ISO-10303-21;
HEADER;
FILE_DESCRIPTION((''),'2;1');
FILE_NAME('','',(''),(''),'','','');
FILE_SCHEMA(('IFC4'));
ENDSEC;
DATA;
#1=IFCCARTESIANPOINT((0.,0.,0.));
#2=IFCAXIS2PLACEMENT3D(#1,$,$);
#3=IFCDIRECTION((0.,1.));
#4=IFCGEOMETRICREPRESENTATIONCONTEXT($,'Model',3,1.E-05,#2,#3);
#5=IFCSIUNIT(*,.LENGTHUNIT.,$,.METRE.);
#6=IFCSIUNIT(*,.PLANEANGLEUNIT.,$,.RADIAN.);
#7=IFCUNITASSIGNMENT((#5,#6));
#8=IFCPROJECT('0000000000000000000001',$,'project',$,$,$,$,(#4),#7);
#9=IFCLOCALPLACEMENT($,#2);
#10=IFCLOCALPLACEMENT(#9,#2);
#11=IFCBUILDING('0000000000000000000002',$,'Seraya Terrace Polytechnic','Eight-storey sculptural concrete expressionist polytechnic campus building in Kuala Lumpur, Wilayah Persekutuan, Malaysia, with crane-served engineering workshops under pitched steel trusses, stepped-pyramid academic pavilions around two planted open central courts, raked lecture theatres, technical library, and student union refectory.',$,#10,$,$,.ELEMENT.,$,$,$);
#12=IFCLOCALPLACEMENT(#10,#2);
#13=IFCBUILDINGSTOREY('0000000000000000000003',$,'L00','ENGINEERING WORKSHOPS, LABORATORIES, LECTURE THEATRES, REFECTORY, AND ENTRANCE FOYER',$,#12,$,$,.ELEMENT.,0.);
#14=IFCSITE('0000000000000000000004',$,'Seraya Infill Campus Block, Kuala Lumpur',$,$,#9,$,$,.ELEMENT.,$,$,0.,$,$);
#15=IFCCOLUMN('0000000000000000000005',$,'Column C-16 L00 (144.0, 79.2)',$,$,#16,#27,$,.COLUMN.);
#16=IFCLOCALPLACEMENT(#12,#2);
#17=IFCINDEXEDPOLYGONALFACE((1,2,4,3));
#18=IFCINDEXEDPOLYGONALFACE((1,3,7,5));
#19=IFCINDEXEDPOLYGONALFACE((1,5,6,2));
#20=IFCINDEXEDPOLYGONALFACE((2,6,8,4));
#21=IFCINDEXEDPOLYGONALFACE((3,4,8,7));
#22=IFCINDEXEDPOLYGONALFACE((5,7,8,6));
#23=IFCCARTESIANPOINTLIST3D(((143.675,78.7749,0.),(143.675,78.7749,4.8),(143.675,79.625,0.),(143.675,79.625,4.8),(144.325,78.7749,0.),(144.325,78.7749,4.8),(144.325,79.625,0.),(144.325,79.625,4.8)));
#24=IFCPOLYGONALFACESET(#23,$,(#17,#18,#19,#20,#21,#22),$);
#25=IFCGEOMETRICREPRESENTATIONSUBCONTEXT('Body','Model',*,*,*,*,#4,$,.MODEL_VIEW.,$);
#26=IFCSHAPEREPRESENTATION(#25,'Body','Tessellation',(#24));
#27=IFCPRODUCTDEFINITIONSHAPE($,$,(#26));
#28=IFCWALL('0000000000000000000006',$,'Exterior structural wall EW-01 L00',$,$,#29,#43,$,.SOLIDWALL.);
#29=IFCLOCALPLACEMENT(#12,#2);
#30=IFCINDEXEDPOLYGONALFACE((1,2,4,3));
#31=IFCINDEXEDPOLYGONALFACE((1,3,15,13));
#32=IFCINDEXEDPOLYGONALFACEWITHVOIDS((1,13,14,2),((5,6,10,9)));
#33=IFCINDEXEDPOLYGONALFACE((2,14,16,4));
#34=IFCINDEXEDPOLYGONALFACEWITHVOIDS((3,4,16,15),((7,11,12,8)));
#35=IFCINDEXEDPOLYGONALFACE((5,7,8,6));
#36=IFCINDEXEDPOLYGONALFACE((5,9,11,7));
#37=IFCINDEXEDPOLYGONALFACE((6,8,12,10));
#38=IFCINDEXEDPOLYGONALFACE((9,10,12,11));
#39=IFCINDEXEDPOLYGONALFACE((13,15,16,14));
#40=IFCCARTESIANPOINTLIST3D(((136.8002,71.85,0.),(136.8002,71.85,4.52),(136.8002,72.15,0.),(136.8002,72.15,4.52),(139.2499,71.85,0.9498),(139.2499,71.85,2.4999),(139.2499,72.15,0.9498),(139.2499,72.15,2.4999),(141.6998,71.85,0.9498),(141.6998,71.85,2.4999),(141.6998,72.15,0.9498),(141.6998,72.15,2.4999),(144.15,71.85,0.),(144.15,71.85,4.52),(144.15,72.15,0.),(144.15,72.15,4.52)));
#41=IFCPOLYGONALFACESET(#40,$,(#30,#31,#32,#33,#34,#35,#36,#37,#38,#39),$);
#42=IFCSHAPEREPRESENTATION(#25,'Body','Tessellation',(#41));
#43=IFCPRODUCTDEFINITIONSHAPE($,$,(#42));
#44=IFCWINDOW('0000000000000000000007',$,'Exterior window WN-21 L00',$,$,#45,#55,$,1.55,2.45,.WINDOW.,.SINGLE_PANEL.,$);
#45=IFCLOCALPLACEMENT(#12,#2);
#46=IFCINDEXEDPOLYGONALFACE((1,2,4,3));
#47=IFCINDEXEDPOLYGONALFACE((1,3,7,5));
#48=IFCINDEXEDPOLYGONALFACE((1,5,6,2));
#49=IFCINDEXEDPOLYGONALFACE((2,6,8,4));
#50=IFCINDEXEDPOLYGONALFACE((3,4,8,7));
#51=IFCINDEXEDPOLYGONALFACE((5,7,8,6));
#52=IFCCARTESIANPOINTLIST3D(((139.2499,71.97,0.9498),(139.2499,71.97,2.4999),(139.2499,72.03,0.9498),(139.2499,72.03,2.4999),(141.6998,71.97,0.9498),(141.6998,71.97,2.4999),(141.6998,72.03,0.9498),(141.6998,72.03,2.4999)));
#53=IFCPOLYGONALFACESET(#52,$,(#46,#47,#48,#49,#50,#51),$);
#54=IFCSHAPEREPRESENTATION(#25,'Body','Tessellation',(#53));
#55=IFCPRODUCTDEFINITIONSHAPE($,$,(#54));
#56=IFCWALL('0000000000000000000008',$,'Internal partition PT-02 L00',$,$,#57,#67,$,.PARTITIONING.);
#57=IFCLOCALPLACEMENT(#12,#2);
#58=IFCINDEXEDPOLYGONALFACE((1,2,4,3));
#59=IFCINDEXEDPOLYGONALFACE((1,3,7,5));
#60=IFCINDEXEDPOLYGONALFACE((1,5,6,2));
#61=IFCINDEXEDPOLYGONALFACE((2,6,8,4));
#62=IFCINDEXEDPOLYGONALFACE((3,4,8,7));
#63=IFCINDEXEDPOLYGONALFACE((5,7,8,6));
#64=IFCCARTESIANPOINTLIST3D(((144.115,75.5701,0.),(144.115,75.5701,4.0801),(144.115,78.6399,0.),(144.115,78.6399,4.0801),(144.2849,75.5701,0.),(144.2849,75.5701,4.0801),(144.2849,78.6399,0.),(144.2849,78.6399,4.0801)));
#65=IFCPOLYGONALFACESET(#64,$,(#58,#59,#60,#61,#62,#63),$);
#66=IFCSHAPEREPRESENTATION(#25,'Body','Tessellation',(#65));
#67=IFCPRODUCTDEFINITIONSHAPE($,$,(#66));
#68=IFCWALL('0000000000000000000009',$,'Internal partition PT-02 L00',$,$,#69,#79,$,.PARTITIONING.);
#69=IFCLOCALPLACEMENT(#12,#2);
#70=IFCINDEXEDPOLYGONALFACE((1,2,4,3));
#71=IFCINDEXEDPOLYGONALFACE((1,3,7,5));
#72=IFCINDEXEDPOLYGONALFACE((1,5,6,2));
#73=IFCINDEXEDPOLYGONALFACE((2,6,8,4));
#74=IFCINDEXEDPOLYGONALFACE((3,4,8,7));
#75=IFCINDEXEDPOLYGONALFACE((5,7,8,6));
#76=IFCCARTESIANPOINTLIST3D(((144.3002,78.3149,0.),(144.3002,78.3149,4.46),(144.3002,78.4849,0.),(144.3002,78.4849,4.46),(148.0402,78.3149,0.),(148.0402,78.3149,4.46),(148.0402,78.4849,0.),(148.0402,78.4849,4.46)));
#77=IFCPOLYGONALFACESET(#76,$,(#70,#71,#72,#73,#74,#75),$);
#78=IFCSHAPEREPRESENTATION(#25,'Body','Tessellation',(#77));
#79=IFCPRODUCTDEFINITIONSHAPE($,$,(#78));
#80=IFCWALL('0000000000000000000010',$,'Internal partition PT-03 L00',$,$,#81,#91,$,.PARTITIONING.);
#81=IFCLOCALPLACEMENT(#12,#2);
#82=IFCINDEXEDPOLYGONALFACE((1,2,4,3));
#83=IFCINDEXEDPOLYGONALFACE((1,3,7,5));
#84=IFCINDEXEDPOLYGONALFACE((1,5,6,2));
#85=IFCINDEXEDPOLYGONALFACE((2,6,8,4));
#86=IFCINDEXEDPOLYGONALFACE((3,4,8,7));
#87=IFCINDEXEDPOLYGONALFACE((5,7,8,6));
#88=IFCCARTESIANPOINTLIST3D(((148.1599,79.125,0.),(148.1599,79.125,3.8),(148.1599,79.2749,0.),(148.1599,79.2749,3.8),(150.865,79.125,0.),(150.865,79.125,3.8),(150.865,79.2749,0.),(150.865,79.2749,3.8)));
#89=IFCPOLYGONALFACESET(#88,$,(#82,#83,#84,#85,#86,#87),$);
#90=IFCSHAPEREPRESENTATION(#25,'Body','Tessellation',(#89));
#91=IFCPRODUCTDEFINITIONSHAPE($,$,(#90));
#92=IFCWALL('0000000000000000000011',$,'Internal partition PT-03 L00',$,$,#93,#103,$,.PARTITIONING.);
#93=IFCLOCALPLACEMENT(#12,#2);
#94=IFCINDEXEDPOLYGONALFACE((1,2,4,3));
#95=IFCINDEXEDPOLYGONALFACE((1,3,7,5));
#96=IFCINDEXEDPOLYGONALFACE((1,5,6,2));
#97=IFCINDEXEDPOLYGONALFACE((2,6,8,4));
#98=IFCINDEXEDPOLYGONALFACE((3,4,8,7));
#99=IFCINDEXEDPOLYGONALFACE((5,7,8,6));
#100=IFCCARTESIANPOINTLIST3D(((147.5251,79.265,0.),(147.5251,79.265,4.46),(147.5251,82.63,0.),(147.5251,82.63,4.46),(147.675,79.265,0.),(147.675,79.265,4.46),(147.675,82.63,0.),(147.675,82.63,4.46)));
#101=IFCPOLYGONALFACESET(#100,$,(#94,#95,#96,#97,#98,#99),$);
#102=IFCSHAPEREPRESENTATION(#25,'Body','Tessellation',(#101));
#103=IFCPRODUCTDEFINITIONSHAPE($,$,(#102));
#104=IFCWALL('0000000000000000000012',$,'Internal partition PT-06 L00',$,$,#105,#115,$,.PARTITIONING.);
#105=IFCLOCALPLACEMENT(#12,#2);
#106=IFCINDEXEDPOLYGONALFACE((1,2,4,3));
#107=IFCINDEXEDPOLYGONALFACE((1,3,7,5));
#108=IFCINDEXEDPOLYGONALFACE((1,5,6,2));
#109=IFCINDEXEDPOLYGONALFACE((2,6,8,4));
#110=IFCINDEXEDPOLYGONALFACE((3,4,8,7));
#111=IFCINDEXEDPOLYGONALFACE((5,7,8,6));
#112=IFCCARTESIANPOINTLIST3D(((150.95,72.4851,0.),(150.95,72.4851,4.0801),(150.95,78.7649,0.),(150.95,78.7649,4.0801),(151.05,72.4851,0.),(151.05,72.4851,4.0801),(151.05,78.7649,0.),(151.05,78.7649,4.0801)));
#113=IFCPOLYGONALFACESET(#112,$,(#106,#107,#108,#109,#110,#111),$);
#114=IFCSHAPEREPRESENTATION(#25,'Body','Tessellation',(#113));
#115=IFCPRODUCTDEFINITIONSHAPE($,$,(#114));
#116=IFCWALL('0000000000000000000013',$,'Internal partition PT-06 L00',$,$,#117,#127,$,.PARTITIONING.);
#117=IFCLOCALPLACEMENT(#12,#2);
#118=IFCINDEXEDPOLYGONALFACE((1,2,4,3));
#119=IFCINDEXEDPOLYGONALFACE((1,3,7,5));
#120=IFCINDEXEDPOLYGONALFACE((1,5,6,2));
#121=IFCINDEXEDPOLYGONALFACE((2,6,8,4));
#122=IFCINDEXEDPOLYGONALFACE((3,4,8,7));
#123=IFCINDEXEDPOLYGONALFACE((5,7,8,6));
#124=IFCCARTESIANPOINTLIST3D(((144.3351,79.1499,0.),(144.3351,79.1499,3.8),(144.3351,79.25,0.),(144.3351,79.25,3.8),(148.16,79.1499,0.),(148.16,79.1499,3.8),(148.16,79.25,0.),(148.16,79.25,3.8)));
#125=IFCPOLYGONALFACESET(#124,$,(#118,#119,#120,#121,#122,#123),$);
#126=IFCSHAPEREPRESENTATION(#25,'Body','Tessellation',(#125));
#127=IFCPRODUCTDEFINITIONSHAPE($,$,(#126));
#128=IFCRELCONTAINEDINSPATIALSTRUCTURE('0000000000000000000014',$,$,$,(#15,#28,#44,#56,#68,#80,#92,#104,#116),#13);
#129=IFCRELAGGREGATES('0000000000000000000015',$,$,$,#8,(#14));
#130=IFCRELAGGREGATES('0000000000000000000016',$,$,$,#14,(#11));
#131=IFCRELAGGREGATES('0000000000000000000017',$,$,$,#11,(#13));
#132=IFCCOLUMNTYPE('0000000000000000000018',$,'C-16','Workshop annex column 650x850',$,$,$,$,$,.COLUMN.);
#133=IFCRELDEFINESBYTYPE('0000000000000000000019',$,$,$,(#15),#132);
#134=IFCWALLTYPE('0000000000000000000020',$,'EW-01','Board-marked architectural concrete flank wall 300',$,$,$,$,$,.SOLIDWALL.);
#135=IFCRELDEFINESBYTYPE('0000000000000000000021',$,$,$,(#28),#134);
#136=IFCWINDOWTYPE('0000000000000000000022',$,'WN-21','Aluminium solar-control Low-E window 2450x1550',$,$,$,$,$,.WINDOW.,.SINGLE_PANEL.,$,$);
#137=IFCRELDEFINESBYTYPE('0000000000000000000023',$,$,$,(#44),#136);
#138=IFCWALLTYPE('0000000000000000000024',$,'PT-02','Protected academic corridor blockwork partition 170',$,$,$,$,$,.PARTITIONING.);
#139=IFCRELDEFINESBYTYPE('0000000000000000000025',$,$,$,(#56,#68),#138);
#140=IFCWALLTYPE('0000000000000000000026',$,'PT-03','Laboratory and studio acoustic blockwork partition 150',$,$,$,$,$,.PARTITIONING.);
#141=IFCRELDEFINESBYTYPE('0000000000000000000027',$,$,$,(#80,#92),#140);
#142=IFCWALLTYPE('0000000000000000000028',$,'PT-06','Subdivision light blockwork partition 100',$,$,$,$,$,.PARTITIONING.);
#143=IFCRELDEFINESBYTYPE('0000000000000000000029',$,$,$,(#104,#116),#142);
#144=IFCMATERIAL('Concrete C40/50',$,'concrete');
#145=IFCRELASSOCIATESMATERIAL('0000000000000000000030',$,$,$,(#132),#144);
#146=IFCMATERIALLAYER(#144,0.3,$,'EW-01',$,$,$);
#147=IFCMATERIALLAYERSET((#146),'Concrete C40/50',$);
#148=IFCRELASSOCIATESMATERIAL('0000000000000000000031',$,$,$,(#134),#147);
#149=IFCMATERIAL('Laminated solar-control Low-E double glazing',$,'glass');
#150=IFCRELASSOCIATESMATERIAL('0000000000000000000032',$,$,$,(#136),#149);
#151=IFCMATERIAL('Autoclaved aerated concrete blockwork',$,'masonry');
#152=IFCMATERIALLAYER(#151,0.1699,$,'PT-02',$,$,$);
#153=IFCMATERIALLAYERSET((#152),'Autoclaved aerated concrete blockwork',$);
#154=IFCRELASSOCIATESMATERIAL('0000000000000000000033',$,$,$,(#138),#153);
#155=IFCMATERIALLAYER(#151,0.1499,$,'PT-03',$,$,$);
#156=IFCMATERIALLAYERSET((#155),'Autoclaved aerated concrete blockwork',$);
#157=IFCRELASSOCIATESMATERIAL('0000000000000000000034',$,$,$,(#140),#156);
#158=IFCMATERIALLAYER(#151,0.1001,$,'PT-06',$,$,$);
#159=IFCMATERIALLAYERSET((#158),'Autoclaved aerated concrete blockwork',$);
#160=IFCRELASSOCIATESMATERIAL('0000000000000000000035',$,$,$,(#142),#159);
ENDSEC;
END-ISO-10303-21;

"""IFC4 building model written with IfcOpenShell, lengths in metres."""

from ifc_helpers import new_model, si_unit, direction, frame, frame_2d, origin, origin_2d, place, context, subcontext, project, spatial, rectangle, extrude, material, layer, layer_set, material_profile, profile_set, type_object, element, fill, save


model = new_model("IFC4")

# Units and contexts
model_context = context("Model", 3, precision=1e-05, world=origin(), true_north=direction((0.0, 1.0)))
body_context = subcontext(model_context, "Body", "Model", "MODEL_VIEW")
ifc_project = project(units=[si_unit("LENGTHUNIT", "METRE"), si_unit("PLANEANGLEUNIT", "RADIAN")], contexts=[model_context])

# Site, building, storey
site_placement = place(None, origin())
site = spatial("IfcSite", under=ifc_project, at=site_placement, Name="Seraya Infill Campus Block, Kuala Lumpur", CompositionType="ELEMENT", RefElevation=0.0)
building_placement = place(site_placement, origin())
building = spatial("IfcBuilding", under=site, at=building_placement, Name="Seraya Terrace Polytechnic", Description="Eight-storey sculptural concrete expressionist polytechnic campus building in Kuala Lumpur, Wilayah Persekutuan, Malaysia, with crane-served engineering workshops under pitched steel trusses, stepped-pyramid academic pavilions around two planted open central courts, raked lecture theatres, technical library, and student union refectory.", CompositionType="ELEMENT")
storey_placement = place(building_placement, origin())
storey = spatial("IfcBuildingStorey", under=building, at=storey_placement, Name="L00", Description="ENGINEERING WORKSHOPS, LABORATORIES, LECTURE THEATRES, REFECTORY, AND ENTRANCE FOYER", CompositionType="ELEMENT", Elevation=0.0)

# Shared definitions
ifc_material_1 = material(Name="Concrete C40/50", Category="concrete")

# Column
ifc_material_profile_1 = material_profile(ifc_material_1, rectangle(XDim=0.6499, YDim=0.8501, at=origin_2d()), Name="RC 650x850")
ifc_profile_set_1 = profile_set([ifc_material_profile_1], Name="Concrete C40/50")
column_type_1 = type_object("IfcColumnType", Name="C-16", Description="Workshop annex column 650x850", PredefinedType="COLUMN", material=ifc_profile_set_1)
column_1_placement = place(storey_placement, frame((144.0, 79.2, 0.0), z_axis=(0.0, 0.0, 1.0), x_axis=(1.0, 0.0, 0.0)))
element("IfcColumn", 1, at=column_1_placement, inside=storey, type_object=column_type_1, Name="Column C-16 L00 (144.0, 79.2)", PredefinedType="COLUMN", context=body_context, shape_type="SweptSolid", body=[
    extrude(rectangle(XDim=0.6499, YDim=0.8501, at=origin_2d()), origin(), (0.0, 0.0, 1.0), 4.8),
])

# Wall, opening, window
ifc_layer_1 = layer(ifc_material_1, 0.3, Name="EW-01")
ifc_layer_set_1 = layer_set([ifc_layer_1], Name="Concrete C40/50")
wall_type_1 = type_object("IfcWallType", Name="EW-01", Description="Board-marked architectural concrete flank wall 300", PredefinedType="SOLIDWALL", material=ifc_layer_set_1)
wall_1_placement = place(storey_placement, frame((144.1499, 72.0, 0.0), z_axis=(0.0, 0.0, 1.0), x_axis=(-1.0, 0.0, 0.0)))
wall_1 = element("IfcWall", 2, at=wall_1_placement, inside=storey, type_object=wall_type_1, Name="Exterior structural wall EW-01 L00", PredefinedType="SOLIDWALL", context=body_context, shape_type="SweptSolid", body=[
    extrude(rectangle(XDim=7.3499, YDim=0.3, at=frame_2d((3.6748, 0.0))), origin(), (0.0, 0.0, 1.0), 4.52),
])
opening_placement = place(wall_1_placement, frame((2.45, 0.0, 0.95)))
opening = element("IfcOpeningElement", 3, at=opening_placement, cuts=wall_1, PredefinedType="OPENING", context=body_context, shape_type="SweptSolid", body=[
    extrude(rectangle(XDim=2.45, YDim=1.55, at=frame_2d((1.2251, 0.7749))), frame((0.0, 0.1621, 0.0), z_axis=(0.0, -1.0, 0.0), x_axis=(1.0, 0.0, 0.0)), (0.0, 0.0, 1.0), 0.324),
])
ifc_material_2 = material(Name="Laminated solar-control Low-E double glazing", Category="glass")
window_type = type_object("IfcWindowType", Name="WN-21", Description="Aluminium solar-control Low-E window 2450x1550", PartitioningType="SINGLE_PANEL", PredefinedType="WINDOW", material=ifc_material_2)
window_placement = place(opening_placement, origin())
window = element("IfcWindow", 4, at=window_placement, inside=storey, type_object=window_type, Name="Exterior window WN-21 L00", OverallHeight=1.55, OverallWidth=2.45, PartitioningType="SINGLE_PANEL", PredefinedType="WINDOW", context=body_context, shape_type="SweptSolid", body=[
    extrude(rectangle(XDim=2.45, YDim=1.55, at=frame_2d((1.2251, 0.7749))), frame((0.0, 0.03, 0.0), z_axis=(0.0, -1.0, 0.0), x_axis=(1.0, 0.0, 0.0)), (0.0, 0.0, 1.0), 0.0601),
])
fill(opening, window)

# Walls
ifc_material_3 = material(Name="Autoclaved aerated concrete blockwork", Category="masonry")
ifc_layer_2 = layer(ifc_material_3, 0.1699, Name="PT-02")
ifc_layer_set_2 = layer_set([ifc_layer_2], Name="Autoclaved aerated concrete blockwork")
wall_type_2 = type_object("IfcWallType", Name="PT-02", Description="Protected academic corridor blockwork partition 170", PredefinedType="PARTITIONING", material=ifc_layer_set_2)
wall_2_placement = place(storey_placement, frame((144.2, 75.5701, 0.0), z_axis=(0.0, 0.0, 1.0), x_axis=(0.0, 1.0, 0.0)))
element("IfcWall", 5, at=wall_2_placement, inside=storey, type_object=wall_type_2, Name="Internal partition PT-02 L00", PredefinedType="PARTITIONING", context=body_context, shape_type="SweptSolid", body=[
    extrude(rectangle(XDim=3.0698, YDim=0.1699, at=frame_2d((1.5349, 0.0))), origin(), (0.0, 0.0, 1.0), 4.0801),
])
wall_3_placement = place(storey_placement, frame((144.3, 78.3999, 0.0), z_axis=(0.0, 0.0, 1.0), x_axis=(1.0, 0.0, 0.0)))
element("IfcWall", 6, at=wall_3_placement, inside=storey, type_object=wall_type_2, Name="Internal partition PT-02 L00", PredefinedType="PARTITIONING", context=body_context, shape_type="SweptSolid", body=[
    extrude(rectangle(XDim=3.74, YDim=0.1699, at=frame_2d((1.8701, 0.0))), origin(), (0.0, 0.0, 1.0), 4.46),
])
ifc_layer_3 = layer(ifc_material_3, 0.1499, Name="PT-03")
ifc_layer_set_3 = layer_set([ifc_layer_3], Name="Autoclaved aerated concrete blockwork")
wall_type_3 = type_object("IfcWallType", Name="PT-03", Description="Laboratory and studio acoustic blockwork partition 150", PredefinedType="PARTITIONING", material=ifc_layer_set_3)
wall_4_placement = place(storey_placement, frame((148.1599, 79.2, 0.0), z_axis=(0.0, 0.0, 1.0), x_axis=(1.0, 0.0, 0.0)))
element("IfcWall", 7, at=wall_4_placement, inside=storey, type_object=wall_type_3, Name="Internal partition PT-03 L00", PredefinedType="PARTITIONING", context=body_context, shape_type="SweptSolid", body=[
    extrude(rectangle(XDim=2.7051, YDim=0.1499, at=frame_2d((1.3525, 0.0))), origin(), (0.0, 0.0, 1.0), 3.8),
])
wall_5_placement = place(storey_placement, frame((147.6001, 79.2649, 0.0), z_axis=(0.0, 0.0, 1.0), x_axis=(0.0, 1.0, 0.0)))
element("IfcWall", 8, at=wall_5_placement, inside=storey, type_object=wall_type_3, Name="Internal partition PT-03 L00", PredefinedType="PARTITIONING", context=body_context, shape_type="SweptSolid", body=[
    extrude(rectangle(XDim=3.365, YDim=0.1499, at=frame_2d((1.6826, 0.0))), origin(), (0.0, 0.0, 1.0), 4.46),
])
ifc_layer_4 = layer(ifc_material_3, 0.1001, Name="PT-06")
ifc_layer_set_4 = layer_set([ifc_layer_4], Name="Autoclaved aerated concrete blockwork")
wall_type_4 = type_object("IfcWallType", Name="PT-06", Description="Subdivision light blockwork partition 100", PredefinedType="PARTITIONING", material=ifc_layer_set_4)
wall_6_placement = place(storey_placement, frame((151.0, 72.4851, 0.0), z_axis=(0.0, 0.0, 1.0), x_axis=(0.0, 1.0, 0.0)))
element("IfcWall", 9, at=wall_6_placement, inside=storey, type_object=wall_type_4, Name="Internal partition PT-06 L00", PredefinedType="PARTITIONING", context=body_context, shape_type="SweptSolid", body=[
    extrude(rectangle(XDim=6.2798, YDim=0.1001, at=frame_2d((3.1399, 0.0))), origin(), (0.0, 0.0, 1.0), 4.0801),
])
wall_7_placement = place(storey_placement, frame((144.335, 79.2, 0.0), z_axis=(0.0, 0.0, 1.0), x_axis=(1.0, 0.0, 0.0)))
element("IfcWall", 10, at=wall_7_placement, inside=storey, type_object=wall_type_4, Name="Internal partition PT-06 L00", PredefinedType="PARTITIONING", context=body_context, shape_type="SweptSolid", body=[
    extrude(rectangle(XDim=3.825, YDim=0.1001, at=frame_2d((1.9126, 0.0))), origin(), (0.0, 0.0, 1.0), 3.8),
])

save(model, "model.ifc")
